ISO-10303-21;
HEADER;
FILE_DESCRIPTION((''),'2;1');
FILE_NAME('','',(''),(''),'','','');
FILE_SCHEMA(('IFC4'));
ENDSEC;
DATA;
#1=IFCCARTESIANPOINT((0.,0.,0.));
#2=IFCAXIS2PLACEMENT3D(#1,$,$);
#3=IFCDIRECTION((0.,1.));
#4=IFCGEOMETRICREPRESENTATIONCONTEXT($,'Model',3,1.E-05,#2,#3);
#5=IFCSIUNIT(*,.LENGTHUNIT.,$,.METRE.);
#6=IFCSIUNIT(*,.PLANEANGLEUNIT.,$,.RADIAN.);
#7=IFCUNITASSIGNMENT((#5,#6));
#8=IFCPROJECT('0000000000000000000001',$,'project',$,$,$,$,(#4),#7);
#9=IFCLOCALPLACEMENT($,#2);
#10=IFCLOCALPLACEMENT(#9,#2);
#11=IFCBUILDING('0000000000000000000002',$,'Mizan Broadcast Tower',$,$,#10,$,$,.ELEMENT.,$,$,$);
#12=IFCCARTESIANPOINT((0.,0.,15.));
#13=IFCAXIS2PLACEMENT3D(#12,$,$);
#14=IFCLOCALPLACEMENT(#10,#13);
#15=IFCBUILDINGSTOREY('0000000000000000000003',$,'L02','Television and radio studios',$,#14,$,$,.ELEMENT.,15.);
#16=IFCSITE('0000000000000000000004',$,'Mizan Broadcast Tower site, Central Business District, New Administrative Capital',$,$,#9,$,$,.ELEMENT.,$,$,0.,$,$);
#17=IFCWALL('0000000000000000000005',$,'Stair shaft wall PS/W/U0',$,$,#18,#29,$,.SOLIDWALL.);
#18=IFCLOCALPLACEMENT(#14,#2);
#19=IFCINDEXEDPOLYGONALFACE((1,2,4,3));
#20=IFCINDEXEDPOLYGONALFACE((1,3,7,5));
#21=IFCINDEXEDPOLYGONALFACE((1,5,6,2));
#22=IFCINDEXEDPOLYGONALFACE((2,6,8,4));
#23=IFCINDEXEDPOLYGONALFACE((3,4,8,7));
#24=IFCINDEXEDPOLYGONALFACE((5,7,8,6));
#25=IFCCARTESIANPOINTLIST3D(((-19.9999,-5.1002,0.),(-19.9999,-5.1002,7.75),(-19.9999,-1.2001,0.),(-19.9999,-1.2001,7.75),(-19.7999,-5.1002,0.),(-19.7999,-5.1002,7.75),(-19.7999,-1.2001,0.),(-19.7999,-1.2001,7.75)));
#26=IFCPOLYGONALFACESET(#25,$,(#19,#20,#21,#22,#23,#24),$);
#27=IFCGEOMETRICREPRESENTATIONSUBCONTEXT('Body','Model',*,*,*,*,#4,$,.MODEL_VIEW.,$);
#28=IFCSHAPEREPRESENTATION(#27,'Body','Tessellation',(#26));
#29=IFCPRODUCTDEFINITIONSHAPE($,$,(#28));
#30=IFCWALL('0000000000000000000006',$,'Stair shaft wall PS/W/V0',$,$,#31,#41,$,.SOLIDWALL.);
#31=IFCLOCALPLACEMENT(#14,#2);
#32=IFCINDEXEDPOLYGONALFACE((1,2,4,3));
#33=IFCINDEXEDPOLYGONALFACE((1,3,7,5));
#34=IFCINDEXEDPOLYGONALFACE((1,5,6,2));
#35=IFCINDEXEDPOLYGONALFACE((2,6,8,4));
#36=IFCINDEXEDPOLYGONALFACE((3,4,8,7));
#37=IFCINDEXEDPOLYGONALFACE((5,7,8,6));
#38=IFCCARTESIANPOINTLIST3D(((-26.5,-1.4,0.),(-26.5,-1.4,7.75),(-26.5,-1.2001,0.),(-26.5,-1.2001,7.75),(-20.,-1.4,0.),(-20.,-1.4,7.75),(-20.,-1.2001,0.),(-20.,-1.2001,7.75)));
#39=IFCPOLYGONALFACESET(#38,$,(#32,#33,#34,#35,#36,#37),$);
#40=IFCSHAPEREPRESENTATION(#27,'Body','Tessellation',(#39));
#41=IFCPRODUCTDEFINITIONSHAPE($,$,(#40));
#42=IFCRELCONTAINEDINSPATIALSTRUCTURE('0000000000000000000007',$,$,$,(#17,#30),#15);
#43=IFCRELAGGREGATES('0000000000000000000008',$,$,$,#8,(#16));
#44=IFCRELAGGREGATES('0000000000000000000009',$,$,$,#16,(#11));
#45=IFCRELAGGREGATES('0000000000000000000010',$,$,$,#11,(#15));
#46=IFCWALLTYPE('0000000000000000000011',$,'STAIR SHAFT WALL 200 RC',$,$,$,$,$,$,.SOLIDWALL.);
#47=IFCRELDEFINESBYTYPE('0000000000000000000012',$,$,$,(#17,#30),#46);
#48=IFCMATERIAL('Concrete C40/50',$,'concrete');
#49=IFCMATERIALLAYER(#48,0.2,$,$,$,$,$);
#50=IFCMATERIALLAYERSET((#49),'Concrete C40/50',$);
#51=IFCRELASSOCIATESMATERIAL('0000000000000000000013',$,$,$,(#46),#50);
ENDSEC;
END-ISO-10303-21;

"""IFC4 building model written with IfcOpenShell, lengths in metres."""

from ifc_helpers import new_model, si_unit, direction, frame, frame_2d, origin, place, context, subcontext, project, spatial, rectangle, extrude, material, layer, layer_set, type_object, element, save


model = new_model("IFC4")

# Units and contexts
model_context = context("Model", 3, precision=1e-05, world=origin(), true_north=direction((0.0, 1.0)))
body_context = subcontext(model_context, "Body", "Model", "MODEL_VIEW")
ifc_project = project(units=[si_unit("LENGTHUNIT", "METRE"), si_unit("PLANEANGLEUNIT", "RADIAN")], contexts=[model_context])

# Site, building, storey
site_placement = place(None, origin())
site = spatial("IfcSite", under=ifc_project, at=site_placement, Name="Mizan Broadcast Tower site, Central Business District, New Administrative Capital", CompositionType="ELEMENT", RefElevation=0.0)
building_placement = place(site_placement, origin())
building = spatial("IfcBuilding", under=site, at=building_placement, Name="Mizan Broadcast Tower", CompositionType="ELEMENT")
storey_placement = place(building_placement, frame((0.0, 0.0, 15.0)))
storey = spatial("IfcBuildingStorey", under=building, at=storey_placement, Name="L02", Description="Television and radio studios", CompositionType="ELEMENT", Elevation=15.0)

# Walls
ifc_material_1 = material(Name="Concrete C40/50", Category="concrete")
ifc_layer_1 = layer(ifc_material_1, 0.2)
ifc_layer_set_1 = layer_set([ifc_layer_1], Name="Concrete C40/50")
wall_type_1 = type_object("IfcWallType", Name="STAIR SHAFT WALL 200 RC", PredefinedType="SOLIDWALL", material=ifc_layer_set_1)
wall_1_placement = place(storey_placement, frame((-19.8999, -1.2, 0.0), z_axis=(0.0, 0.0, 1.0), x_axis=(0.0, -1.0, 0.0)))
element("IfcWall", 1, at=wall_1_placement, inside=storey, type_object=wall_type_1, Name="Stair shaft wall PS/W/U0", PredefinedType="SOLIDWALL", context=body_context, shape_type="SweptSolid", body=[
    extrude(rectangle(XDim=3.9001, YDim=0.2, at=frame_2d((1.9502, 0.0))), origin(), (0.0, 0.0, 1.0), 7.75),
])
wall_2_placement = place(storey_placement, frame((-20.0, -1.3, 0.0), z_axis=(0.0, 0.0, 1.0), x_axis=(-1.0, 0.0, 0.0)))
element("IfcWall", 2, at=wall_2_placement, inside=storey, type_object=wall_type_1, Name="Stair shaft wall PS/W/V0", PredefinedType="SOLIDWALL", context=body_context, shape_type="SweptSolid", body=[
    extrude(rectangle(XDim=6.5, YDim=0.2, at=frame_2d((3.25, 0.0))), origin(), (0.0, 0.0, 1.0), 7.75),
])

save(model, "model.ifc")
